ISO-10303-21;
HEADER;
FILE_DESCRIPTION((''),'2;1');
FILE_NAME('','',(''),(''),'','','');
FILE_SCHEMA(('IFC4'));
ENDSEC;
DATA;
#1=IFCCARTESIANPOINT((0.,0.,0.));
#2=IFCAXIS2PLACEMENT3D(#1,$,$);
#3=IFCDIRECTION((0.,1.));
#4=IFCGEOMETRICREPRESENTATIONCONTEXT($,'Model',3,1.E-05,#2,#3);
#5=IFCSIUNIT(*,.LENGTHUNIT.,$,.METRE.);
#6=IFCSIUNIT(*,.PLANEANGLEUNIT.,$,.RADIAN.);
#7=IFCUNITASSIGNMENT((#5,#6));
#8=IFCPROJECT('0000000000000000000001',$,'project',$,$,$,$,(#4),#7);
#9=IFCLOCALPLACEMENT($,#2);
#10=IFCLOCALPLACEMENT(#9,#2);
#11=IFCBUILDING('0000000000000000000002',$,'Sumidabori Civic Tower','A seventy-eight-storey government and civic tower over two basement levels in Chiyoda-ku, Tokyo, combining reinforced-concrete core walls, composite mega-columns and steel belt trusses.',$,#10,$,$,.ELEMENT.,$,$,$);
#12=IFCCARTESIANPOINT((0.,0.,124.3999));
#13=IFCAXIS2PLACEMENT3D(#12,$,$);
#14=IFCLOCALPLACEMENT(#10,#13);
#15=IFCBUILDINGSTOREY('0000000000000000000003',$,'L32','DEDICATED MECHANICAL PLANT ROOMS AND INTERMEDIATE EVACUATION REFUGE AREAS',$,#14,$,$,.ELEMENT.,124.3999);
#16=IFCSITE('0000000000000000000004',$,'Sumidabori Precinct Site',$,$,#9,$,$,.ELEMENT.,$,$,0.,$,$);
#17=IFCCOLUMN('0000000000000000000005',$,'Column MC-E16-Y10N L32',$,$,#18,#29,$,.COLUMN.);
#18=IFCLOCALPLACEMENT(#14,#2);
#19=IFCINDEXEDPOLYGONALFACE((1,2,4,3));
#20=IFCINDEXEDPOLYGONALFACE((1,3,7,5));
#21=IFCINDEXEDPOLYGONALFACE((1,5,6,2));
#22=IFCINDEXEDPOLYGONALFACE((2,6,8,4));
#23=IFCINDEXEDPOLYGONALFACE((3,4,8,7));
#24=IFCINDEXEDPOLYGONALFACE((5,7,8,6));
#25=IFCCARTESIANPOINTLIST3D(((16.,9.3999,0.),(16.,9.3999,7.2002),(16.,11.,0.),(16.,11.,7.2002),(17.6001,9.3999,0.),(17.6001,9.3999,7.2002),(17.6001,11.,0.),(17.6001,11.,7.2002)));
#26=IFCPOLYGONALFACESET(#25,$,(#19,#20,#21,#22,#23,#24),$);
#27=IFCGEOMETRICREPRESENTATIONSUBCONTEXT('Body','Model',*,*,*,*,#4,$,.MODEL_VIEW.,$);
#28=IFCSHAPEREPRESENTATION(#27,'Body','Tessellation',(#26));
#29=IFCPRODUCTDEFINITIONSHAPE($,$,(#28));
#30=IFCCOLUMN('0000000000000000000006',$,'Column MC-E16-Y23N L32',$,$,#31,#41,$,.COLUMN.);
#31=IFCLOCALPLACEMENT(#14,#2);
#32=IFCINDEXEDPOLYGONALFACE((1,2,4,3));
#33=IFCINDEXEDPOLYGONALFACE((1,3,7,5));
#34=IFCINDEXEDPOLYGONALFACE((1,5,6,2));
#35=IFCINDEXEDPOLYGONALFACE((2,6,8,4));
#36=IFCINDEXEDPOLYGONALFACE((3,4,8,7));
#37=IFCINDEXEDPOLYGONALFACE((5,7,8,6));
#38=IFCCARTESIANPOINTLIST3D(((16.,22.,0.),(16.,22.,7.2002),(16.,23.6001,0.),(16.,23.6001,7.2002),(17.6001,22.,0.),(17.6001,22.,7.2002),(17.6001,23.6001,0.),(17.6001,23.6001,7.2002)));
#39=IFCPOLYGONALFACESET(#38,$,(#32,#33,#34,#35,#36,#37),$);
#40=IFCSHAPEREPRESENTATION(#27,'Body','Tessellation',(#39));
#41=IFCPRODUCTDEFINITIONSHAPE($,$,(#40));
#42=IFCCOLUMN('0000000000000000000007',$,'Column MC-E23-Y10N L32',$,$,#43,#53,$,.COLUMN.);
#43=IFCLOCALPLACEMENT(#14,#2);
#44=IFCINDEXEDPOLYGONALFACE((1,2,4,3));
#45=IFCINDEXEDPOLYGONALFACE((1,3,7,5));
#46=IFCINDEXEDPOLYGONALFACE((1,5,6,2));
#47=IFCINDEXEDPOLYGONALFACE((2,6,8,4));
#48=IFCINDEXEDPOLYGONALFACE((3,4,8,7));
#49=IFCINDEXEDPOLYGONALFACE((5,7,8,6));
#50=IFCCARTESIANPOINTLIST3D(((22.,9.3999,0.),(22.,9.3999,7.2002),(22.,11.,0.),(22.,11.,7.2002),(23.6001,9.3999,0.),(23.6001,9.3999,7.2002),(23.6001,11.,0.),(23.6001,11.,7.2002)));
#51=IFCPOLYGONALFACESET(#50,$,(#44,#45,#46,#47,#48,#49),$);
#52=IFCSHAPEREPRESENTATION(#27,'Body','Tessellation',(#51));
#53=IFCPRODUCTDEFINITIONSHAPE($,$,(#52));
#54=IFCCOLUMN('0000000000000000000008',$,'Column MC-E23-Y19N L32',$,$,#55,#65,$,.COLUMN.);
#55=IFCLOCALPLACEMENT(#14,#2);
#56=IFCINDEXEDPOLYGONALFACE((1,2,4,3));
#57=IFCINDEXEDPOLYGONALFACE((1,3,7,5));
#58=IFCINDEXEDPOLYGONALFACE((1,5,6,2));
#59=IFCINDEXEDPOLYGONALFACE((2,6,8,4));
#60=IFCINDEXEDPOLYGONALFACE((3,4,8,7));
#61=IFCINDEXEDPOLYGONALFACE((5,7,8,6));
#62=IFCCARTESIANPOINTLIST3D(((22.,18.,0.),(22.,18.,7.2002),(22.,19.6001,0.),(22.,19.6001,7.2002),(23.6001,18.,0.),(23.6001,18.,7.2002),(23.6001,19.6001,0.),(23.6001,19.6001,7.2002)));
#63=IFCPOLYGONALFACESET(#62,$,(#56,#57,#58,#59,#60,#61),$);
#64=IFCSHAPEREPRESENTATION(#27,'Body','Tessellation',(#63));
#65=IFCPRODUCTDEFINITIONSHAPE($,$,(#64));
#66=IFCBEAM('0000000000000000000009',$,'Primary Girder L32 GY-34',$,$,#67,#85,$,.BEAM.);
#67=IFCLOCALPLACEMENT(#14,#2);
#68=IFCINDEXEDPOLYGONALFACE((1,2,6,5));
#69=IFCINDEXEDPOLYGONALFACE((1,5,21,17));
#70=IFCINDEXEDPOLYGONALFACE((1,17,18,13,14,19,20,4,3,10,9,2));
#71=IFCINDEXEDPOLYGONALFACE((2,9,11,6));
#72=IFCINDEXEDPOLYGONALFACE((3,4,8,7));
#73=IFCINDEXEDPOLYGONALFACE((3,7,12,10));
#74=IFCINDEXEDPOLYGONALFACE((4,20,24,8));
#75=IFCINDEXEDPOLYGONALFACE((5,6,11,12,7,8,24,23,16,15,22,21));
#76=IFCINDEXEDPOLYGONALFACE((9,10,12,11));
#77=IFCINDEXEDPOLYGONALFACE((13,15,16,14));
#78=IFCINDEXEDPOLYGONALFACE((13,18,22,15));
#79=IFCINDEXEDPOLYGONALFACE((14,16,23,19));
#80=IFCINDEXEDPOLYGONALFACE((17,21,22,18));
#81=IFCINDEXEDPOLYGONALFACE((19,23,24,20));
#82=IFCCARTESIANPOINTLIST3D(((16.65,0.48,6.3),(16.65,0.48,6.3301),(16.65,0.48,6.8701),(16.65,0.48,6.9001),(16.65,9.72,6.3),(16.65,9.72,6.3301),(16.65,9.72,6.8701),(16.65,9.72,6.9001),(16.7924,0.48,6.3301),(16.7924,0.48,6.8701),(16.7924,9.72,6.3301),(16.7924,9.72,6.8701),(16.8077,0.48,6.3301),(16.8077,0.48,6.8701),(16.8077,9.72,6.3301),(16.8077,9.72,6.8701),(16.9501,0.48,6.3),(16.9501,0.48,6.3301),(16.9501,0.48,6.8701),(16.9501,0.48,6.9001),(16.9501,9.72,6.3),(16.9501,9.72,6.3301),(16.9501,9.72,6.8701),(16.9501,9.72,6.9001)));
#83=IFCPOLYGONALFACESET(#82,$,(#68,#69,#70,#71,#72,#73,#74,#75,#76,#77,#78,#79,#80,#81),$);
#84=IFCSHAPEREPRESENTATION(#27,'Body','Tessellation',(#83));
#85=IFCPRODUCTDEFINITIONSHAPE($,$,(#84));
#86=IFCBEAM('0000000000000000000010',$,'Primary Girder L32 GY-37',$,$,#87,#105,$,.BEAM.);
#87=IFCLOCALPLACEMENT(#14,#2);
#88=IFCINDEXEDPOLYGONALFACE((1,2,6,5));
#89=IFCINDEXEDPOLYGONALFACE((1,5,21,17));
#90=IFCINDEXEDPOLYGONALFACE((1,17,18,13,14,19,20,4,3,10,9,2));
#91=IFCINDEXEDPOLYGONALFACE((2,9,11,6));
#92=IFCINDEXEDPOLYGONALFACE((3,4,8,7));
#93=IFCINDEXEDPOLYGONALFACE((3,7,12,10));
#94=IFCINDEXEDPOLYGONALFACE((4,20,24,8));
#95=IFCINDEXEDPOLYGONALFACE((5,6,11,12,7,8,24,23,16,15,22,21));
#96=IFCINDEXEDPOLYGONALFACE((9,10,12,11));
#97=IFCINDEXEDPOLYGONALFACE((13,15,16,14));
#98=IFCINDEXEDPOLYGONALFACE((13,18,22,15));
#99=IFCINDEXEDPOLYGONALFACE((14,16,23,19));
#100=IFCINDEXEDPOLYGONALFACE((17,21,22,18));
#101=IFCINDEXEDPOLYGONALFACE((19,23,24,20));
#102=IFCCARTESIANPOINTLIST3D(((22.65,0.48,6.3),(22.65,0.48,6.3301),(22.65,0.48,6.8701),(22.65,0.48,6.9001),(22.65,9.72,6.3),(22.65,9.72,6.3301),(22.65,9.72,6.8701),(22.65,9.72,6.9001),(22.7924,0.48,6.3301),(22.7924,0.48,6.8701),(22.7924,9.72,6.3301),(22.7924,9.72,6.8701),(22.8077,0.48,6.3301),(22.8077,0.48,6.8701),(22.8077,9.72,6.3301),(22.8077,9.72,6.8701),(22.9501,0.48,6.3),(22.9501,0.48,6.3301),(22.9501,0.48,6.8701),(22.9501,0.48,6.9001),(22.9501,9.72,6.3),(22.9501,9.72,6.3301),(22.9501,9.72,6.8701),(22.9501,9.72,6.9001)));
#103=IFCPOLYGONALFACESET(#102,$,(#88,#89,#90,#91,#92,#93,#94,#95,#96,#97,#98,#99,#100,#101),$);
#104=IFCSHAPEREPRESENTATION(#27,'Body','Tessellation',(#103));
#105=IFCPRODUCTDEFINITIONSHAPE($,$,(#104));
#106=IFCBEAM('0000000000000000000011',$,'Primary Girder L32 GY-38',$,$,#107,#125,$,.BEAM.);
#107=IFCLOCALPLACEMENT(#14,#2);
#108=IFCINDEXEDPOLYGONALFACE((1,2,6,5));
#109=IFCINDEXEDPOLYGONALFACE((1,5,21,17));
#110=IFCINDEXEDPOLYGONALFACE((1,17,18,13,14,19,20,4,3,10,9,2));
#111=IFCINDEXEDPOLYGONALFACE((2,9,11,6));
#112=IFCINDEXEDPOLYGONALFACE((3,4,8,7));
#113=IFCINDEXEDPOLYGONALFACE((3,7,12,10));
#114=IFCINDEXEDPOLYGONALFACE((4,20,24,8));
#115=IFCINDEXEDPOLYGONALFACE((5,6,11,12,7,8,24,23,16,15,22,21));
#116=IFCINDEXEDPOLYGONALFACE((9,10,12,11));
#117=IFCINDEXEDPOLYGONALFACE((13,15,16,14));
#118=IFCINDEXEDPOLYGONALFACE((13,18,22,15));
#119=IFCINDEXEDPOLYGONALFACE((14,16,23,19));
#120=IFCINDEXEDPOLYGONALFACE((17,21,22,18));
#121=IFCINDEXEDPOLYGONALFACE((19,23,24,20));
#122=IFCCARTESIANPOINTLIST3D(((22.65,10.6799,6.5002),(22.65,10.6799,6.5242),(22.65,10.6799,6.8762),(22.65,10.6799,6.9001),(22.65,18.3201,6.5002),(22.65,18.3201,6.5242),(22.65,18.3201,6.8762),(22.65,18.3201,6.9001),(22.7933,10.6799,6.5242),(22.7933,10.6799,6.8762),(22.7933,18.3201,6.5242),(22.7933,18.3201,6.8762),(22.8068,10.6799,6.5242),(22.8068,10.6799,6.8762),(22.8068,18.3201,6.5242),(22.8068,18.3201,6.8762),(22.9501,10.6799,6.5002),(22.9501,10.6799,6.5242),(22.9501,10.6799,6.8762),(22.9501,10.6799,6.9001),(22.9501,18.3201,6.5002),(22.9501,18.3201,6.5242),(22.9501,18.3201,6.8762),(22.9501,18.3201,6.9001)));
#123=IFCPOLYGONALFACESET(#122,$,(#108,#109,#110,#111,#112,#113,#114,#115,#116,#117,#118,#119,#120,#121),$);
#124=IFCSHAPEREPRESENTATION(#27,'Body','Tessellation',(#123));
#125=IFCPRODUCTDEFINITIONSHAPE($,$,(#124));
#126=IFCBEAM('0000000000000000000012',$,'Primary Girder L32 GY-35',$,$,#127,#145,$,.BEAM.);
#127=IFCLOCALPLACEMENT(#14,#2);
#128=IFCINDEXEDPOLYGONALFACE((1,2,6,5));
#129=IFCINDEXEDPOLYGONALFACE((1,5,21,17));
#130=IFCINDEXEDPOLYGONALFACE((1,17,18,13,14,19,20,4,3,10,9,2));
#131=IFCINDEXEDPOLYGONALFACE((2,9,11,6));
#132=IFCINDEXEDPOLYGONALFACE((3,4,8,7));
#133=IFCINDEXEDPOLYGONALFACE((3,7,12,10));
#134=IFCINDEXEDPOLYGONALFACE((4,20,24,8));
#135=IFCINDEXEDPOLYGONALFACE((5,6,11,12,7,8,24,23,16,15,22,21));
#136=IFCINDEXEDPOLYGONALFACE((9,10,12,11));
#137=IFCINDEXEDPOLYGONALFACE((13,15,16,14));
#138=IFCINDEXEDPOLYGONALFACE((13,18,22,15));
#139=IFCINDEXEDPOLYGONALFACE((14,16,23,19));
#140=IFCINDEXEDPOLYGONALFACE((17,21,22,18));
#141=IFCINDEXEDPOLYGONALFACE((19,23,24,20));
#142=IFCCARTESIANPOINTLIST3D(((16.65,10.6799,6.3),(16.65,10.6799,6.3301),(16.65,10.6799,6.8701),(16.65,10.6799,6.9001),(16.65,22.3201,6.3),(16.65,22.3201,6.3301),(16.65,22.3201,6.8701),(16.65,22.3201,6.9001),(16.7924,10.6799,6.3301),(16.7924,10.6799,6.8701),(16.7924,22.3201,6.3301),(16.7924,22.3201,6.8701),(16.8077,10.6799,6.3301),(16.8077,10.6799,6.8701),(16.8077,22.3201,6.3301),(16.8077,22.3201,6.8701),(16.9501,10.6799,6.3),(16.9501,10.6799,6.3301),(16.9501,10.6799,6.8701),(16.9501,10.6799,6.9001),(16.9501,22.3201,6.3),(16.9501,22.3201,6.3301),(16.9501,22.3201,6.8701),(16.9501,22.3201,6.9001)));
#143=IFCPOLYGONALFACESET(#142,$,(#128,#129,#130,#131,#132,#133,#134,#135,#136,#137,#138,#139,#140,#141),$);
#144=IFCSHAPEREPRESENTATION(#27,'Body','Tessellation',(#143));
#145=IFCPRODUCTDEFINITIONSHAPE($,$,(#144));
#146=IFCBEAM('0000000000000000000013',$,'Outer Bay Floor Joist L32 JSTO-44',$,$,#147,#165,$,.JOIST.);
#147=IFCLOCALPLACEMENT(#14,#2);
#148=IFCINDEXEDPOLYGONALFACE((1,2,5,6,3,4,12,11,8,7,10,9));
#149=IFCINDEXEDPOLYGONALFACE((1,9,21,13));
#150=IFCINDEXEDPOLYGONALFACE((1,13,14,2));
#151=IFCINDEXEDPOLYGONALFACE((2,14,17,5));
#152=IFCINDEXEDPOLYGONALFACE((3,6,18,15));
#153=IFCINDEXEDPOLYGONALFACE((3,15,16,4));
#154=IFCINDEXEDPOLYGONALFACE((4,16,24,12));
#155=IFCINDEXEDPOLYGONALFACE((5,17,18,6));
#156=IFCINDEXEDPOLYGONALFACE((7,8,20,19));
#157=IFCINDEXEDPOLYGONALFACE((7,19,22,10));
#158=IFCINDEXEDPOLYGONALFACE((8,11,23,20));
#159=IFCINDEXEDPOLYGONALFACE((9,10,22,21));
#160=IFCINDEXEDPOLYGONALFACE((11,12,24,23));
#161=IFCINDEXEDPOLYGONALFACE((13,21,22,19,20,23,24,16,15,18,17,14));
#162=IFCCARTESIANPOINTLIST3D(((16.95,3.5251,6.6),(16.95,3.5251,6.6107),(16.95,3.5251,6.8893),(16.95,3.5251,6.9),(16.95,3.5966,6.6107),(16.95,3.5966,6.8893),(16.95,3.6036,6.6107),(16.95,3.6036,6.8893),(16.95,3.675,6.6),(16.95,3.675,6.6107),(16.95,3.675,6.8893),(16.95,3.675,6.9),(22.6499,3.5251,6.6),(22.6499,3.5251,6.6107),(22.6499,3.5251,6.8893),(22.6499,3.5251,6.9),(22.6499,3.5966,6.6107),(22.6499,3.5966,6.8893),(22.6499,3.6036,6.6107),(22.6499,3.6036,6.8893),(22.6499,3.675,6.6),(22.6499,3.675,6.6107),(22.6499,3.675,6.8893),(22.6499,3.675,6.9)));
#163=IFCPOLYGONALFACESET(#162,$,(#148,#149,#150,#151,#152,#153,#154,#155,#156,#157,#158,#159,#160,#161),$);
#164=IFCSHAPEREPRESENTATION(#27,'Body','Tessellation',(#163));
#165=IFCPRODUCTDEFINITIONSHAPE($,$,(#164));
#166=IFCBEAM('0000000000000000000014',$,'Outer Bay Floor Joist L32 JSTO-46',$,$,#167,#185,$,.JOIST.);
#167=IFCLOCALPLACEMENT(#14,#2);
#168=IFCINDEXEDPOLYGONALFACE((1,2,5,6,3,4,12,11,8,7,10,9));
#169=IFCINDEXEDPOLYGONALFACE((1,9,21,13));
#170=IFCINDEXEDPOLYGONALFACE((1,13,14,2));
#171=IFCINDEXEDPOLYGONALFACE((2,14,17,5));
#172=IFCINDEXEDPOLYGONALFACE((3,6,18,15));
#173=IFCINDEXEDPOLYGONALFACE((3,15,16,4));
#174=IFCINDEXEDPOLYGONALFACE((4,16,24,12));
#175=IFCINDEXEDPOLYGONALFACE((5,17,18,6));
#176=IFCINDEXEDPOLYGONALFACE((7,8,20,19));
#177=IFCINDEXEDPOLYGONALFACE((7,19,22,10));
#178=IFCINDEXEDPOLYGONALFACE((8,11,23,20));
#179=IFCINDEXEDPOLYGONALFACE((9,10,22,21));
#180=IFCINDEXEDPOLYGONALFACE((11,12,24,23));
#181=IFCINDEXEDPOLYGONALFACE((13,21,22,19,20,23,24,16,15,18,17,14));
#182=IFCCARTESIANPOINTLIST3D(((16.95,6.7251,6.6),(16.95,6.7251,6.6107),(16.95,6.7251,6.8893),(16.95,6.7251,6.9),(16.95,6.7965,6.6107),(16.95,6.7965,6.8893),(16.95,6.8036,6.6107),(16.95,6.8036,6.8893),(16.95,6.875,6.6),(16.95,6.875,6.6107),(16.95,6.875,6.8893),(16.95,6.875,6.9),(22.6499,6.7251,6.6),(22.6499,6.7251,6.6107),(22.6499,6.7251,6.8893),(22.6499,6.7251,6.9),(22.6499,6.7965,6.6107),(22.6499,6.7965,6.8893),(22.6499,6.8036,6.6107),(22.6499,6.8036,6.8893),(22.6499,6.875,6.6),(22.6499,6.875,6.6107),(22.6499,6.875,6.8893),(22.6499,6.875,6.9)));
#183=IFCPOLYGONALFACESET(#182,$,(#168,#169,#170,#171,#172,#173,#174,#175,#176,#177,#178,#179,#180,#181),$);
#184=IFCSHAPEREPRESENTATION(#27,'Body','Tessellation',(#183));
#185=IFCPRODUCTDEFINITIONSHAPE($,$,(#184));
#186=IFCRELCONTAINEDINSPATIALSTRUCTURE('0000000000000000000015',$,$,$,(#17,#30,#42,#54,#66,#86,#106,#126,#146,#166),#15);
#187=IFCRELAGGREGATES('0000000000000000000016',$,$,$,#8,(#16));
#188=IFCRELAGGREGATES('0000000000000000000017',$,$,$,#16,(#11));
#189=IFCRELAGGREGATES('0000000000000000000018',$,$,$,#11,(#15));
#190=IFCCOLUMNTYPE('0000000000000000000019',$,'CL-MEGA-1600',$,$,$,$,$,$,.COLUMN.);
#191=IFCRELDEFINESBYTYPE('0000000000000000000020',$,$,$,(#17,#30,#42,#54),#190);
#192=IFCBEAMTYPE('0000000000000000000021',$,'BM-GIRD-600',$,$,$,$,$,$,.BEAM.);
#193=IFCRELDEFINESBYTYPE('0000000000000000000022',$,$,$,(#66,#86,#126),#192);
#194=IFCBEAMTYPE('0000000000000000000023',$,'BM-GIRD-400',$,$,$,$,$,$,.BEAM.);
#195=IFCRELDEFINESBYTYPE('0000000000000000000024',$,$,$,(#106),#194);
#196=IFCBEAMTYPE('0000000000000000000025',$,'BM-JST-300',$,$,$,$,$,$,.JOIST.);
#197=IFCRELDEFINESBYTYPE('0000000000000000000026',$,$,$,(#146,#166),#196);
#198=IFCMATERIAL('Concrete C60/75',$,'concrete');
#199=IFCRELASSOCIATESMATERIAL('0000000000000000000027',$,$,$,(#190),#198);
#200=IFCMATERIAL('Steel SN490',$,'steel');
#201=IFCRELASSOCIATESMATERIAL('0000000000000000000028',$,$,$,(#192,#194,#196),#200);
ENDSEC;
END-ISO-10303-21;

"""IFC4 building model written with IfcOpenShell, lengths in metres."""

from ifc_helpers import new_model, si_unit, direction, frame, origin, origin_2d, place, context, subcontext, project, spatial, rectangle, i_section, extrude, source, transform, mapped, material, material_profile, profile_set, type_object, element, save


model = new_model("IFC4")

# Units and contexts
model_context = context("Model", 3, precision=1e-05, world=origin(), true_north=direction((0.0, 1.0)))
body_context = subcontext(model_context, "Body", "Model", "MODEL_VIEW")
ifc_project = project(units=[si_unit("LENGTHUNIT", "METRE"), si_unit("PLANEANGLEUNIT", "RADIAN")], contexts=[model_context])

# Site, building, storey
site_placement = place(None, origin())
site = spatial("IfcSite", under=ifc_project, at=site_placement, Name="Sumidabori Precinct Site", CompositionType="ELEMENT", RefElevation=0.0)
building_placement = place(site_placement, origin())
building = spatial("IfcBuilding", under=site, at=building_placement, Name="Sumidabori Civic Tower", Description="A seventy-eight-storey government and civic tower over two basement levels in Chiyoda-ku, Tokyo, combining reinforced-concrete core walls, composite mega-columns and steel belt trusses.", CompositionType="ELEMENT")
storey_placement = place(building_placement, frame((0.0, 0.0, 124.3999)))
storey = spatial("IfcBuildingStorey", under=building, at=storey_placement, Name="L32", Description="DEDICATED MECHANICAL PLANT ROOMS AND INTERMEDIATE EVACUATION REFUGE AREAS", CompositionType="ELEMENT", Elevation=124.3999)

# Columns
ifc_material_1 = material(Name="Concrete C60/75", Category="concrete")
ifc_material_profile_1 = material_profile(ifc_material_1, rectangle(XDim=1.6001, YDim=1.6001, at=origin_2d()), Name="RC 1600x1600")
ifc_profile_set_1 = profile_set([ifc_material_profile_1], Name="Concrete C60/75")
column_type = type_object("IfcColumnType", Name="CL-MEGA-1600", PredefinedType="COLUMN", material=ifc_profile_set_1)
shared_shape_1 = source(origin(), body_context, "Body", "SweptSolid", [
    extrude(rectangle(XDim=1.6001, YDim=1.6001, at=origin_2d()), origin(), (0.0, 0.0, 1.0), 7.2002),
])
for number, where, z_axis, x_axis, name in (
    (1, (16.8, 10.2, 0.0), (0.0, 0.0, 1.0), (1.0, 0.0, 0.0), "Column MC-E16-Y10N L32"),
    (2, (16.8, 22.8, 0.0), (0.0, 0.0, 1.0), (1.0, 0.0, 0.0), "Column MC-E16-Y23N L32"),
    (3, (22.8, 10.2, 0.0), (0.0, 0.0, 1.0), (1.0, 0.0, 0.0), "Column MC-E23-Y10N L32"),
    (4, (22.8, 18.8, 0.0), (0.0, 0.0, 1.0), (1.0, 0.0, 0.0), "Column MC-E23-Y19N L32"),
):
    element("IfcColumn", number, at=place(storey_placement, frame(where, z_axis=z_axis, x_axis=x_axis)), inside=storey, type_object=column_type, Name=name, PredefinedType="COLUMN", context=body_context, shape_type="MappedRepresentation", body=[
        mapped(shared_shape_1, transform((0.0, 0.0, 0.0), x_axis=(1.0, 0.0, 0.0), y_axis=(0.0, 1.0, 0.0), z_axis=(0.0, 0.0, 1.0), scale=1.0)),
    ])

# Beams
ifc_material_2 = material(Name="Steel SN490", Category="steel")
ifc_material_profile_2 = material_profile(ifc_material_2, i_section(OverallWidth=0.3, OverallDepth=0.6001, WebThickness=0.0154, FlangeThickness=0.03, at=origin_2d()), Name="HE 600 B")
ifc_profile_set_2 = profile_set([ifc_material_profile_2], Name="Steel SN490")
beam_type_1 = type_object("IfcBeamType", Name="BM-GIRD-600", PredefinedType="BEAM", material=ifc_profile_set_2)
shared_shape_2 = source(origin(), body_context, "Body", "SweptSolid", [
    extrude(i_section(OverallWidth=0.3, OverallDepth=0.6001, WebThickness=0.0154, FlangeThickness=0.03, at=origin_2d()), origin(), (0.0, 0.0, 1.0), 9.24),
])
for number, where, z_axis, x_axis, name in (
    (5, (16.8, 0.48, 6.6001), (0.0, 1.0, 0.0), (-1.0, 0.0, 0.0), "Primary Girder L32 GY-34"),
    (6, (22.8, 0.48, 6.6001), (0.0, 1.0, 0.0), (-1.0, 0.0, 0.0), "Primary Girder L32 GY-37"),
):
    element("IfcBeam", number, at=place(storey_placement, frame(where, z_axis=z_axis, x_axis=x_axis)), inside=storey, type_object=beam_type_1, Name=name, PredefinedType="BEAM", context=body_context, shape_type="MappedRepresentation", body=[
        mapped(shared_shape_2, transform((0.0, 0.0, 0.0), x_axis=(1.0, 0.0, 0.0), y_axis=(0.0, 1.0, 0.0), z_axis=(0.0, 0.0, 1.0), scale=1.0)),
    ])
ifc_material_profile_3 = material_profile(ifc_material_2, i_section(OverallWidth=0.3, OverallDepth=0.3999, WebThickness=0.0134, FlangeThickness=0.0239, at=origin_2d()), Name="HE 400 B")
ifc_profile_set_3 = profile_set([ifc_material_profile_3], Name="Steel SN490")
beam_type_2 = type_object("IfcBeamType", Name="BM-GIRD-400", PredefinedType="BEAM", material=ifc_profile_set_3)
shared_shape_3 = source(origin(), body_context, "Body", "SweptSolid", [
    extrude(i_section(OverallWidth=0.3, OverallDepth=0.3999, WebThickness=0.0134, FlangeThickness=0.0239, at=origin_2d()), origin(), (0.0, 0.0, 1.0), 7.6401),
])
beam_1_placement = place(storey_placement, frame((22.8, 10.6799, 6.7002), z_axis=(0.0, 1.0, 0.0), x_axis=(-1.0, 0.0, 0.0)))
element("IfcBeam", 7, at=beam_1_placement, inside=storey, type_object=beam_type_2, Name="Primary Girder L32 GY-38", PredefinedType="BEAM", context=body_context, shape_type="MappedRepresentation", body=[
    mapped(shared_shape_3, transform((0.0, 0.0, 0.0), x_axis=(1.0, 0.0, 0.0), y_axis=(0.0, 1.0, 0.0), z_axis=(0.0, 0.0, 1.0), scale=1.0)),
])
shared_shape_4 = source(origin(), body_context, "Body", "SweptSolid", [
    extrude(i_section(OverallWidth=0.3, OverallDepth=0.6001, WebThickness=0.0154, FlangeThickness=0.03, at=origin_2d()), origin(), (0.0, 0.0, 1.0), 11.6401),
])
beam_2_placement = place(storey_placement, frame((16.8, 10.6799, 6.6001), z_axis=(0.0, 1.0, 0.0), x_axis=(-1.0, 0.0, 0.0)))
element("IfcBeam", 8, at=beam_2_placement, inside=storey, type_object=beam_type_1, Name="Primary Girder L32 GY-35", PredefinedType="BEAM", context=body_context, shape_type="MappedRepresentation", body=[
    mapped(shared_shape_4, transform((0.0, 0.0, 0.0), x_axis=(1.0, 0.0, 0.0), y_axis=(0.0, 1.0, 0.0), z_axis=(0.0, 0.0, 1.0), scale=1.0)),
])
ifc_material_profile_4 = material_profile(ifc_material_2, i_section(OverallWidth=0.1499, OverallDepth=0.3, WebThickness=0.0071, FlangeThickness=0.0107, at=origin_2d()), Name="IPE 300")
ifc_profile_set_4 = profile_set([ifc_material_profile_4], Name="Steel SN490")
beam_type_3 = type_object("IfcBeamType", Name="BM-JST-300", PredefinedType="JOIST", material=ifc_profile_set_4)
shared_shape_5 = source(origin(), body_context, "Body", "SweptSolid", [
    extrude(i_section(OverallWidth=0.1499, OverallDepth=0.3, WebThickness=0.0071, FlangeThickness=0.0107, at=origin_2d()), origin(), (0.0, 0.0, 1.0), 5.7),
])
for number, where, z_axis, x_axis, name in (
    (9, (16.95, 3.6001, 6.75), (1.0, 0.0, 0.0), (0.0, 1.0, 0.0), "Outer Bay Floor Joist L32 JSTO-44"),
    (10, (16.95, 6.8, 6.75), (1.0, 0.0, 0.0), (0.0, 1.0, 0.0), "Outer Bay Floor Joist L32 JSTO-46"),
):
    element("IfcBeam", number, at=place(storey_placement, frame(where, z_axis=z_axis, x_axis=x_axis)), inside=storey, type_object=beam_type_3, Name=name, PredefinedType="JOIST", context=body_context, shape_type="MappedRepresentation", body=[
        mapped(shared_shape_5, transform((0.0, 0.0, 0.0), x_axis=(1.0, 0.0, 0.0), y_axis=(0.0, 1.0, 0.0), z_axis=(0.0, 0.0, 1.0), scale=1.0)),
    ])

save(model, "model.ifc")
